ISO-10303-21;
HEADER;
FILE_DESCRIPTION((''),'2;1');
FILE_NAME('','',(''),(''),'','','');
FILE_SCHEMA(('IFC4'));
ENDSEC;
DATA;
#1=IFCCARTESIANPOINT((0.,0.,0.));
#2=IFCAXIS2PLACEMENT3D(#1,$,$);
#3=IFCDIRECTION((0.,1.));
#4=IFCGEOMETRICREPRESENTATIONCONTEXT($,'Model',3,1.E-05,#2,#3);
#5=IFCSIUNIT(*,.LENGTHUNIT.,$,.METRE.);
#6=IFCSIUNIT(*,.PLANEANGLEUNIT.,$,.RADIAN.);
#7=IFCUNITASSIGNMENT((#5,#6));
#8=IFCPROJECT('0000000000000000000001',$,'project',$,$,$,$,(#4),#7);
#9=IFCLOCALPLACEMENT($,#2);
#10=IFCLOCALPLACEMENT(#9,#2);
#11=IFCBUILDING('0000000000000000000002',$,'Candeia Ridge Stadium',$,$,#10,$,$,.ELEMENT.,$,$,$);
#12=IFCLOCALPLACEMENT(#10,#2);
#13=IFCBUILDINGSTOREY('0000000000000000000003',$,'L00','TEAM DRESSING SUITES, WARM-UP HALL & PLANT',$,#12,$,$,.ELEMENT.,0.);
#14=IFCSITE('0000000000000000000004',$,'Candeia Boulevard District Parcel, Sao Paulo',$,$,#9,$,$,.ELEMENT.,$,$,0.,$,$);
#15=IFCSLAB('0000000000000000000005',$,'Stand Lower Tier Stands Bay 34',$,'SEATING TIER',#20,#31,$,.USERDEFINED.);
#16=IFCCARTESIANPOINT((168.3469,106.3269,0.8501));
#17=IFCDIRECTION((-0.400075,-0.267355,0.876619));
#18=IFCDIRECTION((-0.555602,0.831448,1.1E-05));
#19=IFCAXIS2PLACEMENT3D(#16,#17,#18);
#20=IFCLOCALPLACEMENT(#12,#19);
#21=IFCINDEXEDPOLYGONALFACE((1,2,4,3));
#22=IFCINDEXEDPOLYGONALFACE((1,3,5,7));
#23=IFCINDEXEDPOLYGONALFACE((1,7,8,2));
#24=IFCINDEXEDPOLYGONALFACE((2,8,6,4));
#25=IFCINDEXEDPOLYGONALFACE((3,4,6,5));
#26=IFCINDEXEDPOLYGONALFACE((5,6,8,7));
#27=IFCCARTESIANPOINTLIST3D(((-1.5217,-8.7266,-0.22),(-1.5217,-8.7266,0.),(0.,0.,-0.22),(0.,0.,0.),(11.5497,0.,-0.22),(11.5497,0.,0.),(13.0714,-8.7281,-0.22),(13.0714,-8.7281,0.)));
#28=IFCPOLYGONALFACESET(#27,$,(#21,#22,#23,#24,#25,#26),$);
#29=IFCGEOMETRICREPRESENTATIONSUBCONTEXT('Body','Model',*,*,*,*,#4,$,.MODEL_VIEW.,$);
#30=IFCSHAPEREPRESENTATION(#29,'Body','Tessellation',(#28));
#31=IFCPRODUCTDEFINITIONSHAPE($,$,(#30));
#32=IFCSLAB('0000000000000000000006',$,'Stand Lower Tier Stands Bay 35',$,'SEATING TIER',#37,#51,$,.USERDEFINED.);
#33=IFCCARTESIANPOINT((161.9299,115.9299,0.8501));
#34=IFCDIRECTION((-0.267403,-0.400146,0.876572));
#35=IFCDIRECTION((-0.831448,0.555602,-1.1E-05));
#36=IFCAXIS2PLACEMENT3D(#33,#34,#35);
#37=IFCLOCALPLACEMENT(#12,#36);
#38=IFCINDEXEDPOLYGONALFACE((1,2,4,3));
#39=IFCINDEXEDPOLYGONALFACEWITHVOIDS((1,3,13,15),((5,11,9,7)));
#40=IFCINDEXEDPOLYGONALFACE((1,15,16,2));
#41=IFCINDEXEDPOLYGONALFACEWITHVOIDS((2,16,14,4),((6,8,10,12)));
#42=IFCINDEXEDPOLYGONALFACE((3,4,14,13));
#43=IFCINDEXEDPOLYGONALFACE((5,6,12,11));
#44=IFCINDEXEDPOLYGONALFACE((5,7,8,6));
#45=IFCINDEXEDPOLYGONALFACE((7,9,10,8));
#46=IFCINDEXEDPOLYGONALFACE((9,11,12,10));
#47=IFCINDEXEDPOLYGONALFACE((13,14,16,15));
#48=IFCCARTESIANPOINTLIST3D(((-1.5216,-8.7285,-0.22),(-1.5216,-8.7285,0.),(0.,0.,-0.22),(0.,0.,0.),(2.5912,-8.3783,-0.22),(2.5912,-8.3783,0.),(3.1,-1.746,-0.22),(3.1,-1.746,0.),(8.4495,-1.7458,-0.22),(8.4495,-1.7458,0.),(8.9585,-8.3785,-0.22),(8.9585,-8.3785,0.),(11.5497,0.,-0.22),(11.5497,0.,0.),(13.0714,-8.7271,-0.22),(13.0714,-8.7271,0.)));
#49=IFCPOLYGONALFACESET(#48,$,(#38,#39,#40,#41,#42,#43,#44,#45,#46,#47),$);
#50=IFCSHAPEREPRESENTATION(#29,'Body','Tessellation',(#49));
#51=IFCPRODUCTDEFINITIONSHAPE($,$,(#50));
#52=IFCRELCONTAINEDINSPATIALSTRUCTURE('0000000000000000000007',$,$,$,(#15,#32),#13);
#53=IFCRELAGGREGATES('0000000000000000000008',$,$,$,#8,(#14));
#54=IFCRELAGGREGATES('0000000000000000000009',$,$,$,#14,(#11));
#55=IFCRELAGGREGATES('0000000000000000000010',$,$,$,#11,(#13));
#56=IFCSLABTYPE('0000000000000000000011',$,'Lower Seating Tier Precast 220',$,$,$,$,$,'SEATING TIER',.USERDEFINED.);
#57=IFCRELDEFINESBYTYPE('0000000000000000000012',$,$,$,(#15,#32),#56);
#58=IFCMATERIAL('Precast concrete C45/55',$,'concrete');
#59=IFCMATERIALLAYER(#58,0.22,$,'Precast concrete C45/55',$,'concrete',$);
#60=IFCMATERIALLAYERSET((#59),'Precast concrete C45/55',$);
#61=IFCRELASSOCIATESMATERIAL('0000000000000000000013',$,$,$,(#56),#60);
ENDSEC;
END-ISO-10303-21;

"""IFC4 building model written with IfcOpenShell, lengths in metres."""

from ifc_helpers import new_model, si_unit, direction, frame, origin, place, context, subcontext, project, spatial, polyline, outline, extrude, material, layer, layer_set, type_object, element, save


model = new_model("IFC4")

# Units and contexts
model_context = context("Model", 3, precision=1e-05, world=origin(), true_north=direction((0.0, 1.0)))
body_context = subcontext(model_context, "Body", "Model", "MODEL_VIEW")
ifc_project = project(units=[si_unit("LENGTHUNIT", "METRE"), si_unit("PLANEANGLEUNIT", "RADIAN")], contexts=[model_context])

# Site, building, storey
site_placement = place(None, origin())
site = spatial("IfcSite", under=ifc_project, at=site_placement, Name="Candeia Boulevard District Parcel, Sao Paulo", CompositionType="ELEMENT", RefElevation=0.0)
building_placement = place(site_placement, origin())
building = spatial("IfcBuilding", under=site, at=building_placement, Name="Candeia Ridge Stadium", CompositionType="ELEMENT")
storey_placement = place(building_placement, origin())
storey = spatial("IfcBuildingStorey", under=building, at=storey_placement, Name="L00", Description="TEAM DRESSING SUITES, WARM-UP HALL & PLANT", CompositionType="ELEMENT", Elevation=0.0)

# Slabs
ifc_material_1 = material(Name="Precast concrete C45/55", Category="concrete")
ifc_layer_1 = layer(ifc_material_1, 0.22, Name="Precast concrete C45/55", Category="concrete")
ifc_layer_set_1 = layer_set([ifc_layer_1], Name="Precast concrete C45/55")
slab_type = type_object("IfcSlabType", Name="Lower Seating Tier Precast 220", ElementType="SEATING TIER", PredefinedType="USERDEFINED", material=ifc_layer_set_1)
slab_1_placement = place(storey_placement, frame((168.3469, 106.3269, 0.8501), z_axis=(-0.400075, -0.267355, 0.876619), x_axis=(-0.555602, 0.831448, 0.000011)))
element("IfcSlab", 1, at=slab_1_placement, inside=storey, type_object=slab_type, Name="Stand Lower Tier Stands Bay 34", ObjectType="SEATING TIER", PredefinedType="USERDEFINED", context=body_context, shape_type="SweptSolid", body=[
    extrude(outline(polyline([(0.0, 0.0), (11.5497, 0.0), (13.0714, -8.7281), (-1.5217, -8.7266), (0.0, 0.0)])), origin(), (0.0, 0.0, -1.0), 0.22),
])
slab_2_placement = place(storey_placement, frame((161.9299, 115.9299, 0.8501), z_axis=(-0.267403, -0.400146, 0.876572), x_axis=(-0.831448, 0.555602, -0.000011)))
element("IfcSlab", 2, at=slab_2_placement, inside=storey, type_object=slab_type, Name="Stand Lower Tier Stands Bay 35", ObjectType="SEATING TIER", PredefinedType="USERDEFINED", context=body_context, shape_type="SweptSolid", body=[
    extrude(outline(polyline([(0.0, 0.0), (11.5497, 0.0), (13.0714, -8.7271), (-1.5216, -8.7285), (0.0, 0.0)]), holes=[polyline([(3.1, -1.746), (8.4495, -1.7458), (8.9585, -8.3785), (2.5912, -8.3783), (3.1, -1.746)])]), origin(), (0.0, 0.0, -1.0), 0.22),
])

save(model, "model.ifc")
